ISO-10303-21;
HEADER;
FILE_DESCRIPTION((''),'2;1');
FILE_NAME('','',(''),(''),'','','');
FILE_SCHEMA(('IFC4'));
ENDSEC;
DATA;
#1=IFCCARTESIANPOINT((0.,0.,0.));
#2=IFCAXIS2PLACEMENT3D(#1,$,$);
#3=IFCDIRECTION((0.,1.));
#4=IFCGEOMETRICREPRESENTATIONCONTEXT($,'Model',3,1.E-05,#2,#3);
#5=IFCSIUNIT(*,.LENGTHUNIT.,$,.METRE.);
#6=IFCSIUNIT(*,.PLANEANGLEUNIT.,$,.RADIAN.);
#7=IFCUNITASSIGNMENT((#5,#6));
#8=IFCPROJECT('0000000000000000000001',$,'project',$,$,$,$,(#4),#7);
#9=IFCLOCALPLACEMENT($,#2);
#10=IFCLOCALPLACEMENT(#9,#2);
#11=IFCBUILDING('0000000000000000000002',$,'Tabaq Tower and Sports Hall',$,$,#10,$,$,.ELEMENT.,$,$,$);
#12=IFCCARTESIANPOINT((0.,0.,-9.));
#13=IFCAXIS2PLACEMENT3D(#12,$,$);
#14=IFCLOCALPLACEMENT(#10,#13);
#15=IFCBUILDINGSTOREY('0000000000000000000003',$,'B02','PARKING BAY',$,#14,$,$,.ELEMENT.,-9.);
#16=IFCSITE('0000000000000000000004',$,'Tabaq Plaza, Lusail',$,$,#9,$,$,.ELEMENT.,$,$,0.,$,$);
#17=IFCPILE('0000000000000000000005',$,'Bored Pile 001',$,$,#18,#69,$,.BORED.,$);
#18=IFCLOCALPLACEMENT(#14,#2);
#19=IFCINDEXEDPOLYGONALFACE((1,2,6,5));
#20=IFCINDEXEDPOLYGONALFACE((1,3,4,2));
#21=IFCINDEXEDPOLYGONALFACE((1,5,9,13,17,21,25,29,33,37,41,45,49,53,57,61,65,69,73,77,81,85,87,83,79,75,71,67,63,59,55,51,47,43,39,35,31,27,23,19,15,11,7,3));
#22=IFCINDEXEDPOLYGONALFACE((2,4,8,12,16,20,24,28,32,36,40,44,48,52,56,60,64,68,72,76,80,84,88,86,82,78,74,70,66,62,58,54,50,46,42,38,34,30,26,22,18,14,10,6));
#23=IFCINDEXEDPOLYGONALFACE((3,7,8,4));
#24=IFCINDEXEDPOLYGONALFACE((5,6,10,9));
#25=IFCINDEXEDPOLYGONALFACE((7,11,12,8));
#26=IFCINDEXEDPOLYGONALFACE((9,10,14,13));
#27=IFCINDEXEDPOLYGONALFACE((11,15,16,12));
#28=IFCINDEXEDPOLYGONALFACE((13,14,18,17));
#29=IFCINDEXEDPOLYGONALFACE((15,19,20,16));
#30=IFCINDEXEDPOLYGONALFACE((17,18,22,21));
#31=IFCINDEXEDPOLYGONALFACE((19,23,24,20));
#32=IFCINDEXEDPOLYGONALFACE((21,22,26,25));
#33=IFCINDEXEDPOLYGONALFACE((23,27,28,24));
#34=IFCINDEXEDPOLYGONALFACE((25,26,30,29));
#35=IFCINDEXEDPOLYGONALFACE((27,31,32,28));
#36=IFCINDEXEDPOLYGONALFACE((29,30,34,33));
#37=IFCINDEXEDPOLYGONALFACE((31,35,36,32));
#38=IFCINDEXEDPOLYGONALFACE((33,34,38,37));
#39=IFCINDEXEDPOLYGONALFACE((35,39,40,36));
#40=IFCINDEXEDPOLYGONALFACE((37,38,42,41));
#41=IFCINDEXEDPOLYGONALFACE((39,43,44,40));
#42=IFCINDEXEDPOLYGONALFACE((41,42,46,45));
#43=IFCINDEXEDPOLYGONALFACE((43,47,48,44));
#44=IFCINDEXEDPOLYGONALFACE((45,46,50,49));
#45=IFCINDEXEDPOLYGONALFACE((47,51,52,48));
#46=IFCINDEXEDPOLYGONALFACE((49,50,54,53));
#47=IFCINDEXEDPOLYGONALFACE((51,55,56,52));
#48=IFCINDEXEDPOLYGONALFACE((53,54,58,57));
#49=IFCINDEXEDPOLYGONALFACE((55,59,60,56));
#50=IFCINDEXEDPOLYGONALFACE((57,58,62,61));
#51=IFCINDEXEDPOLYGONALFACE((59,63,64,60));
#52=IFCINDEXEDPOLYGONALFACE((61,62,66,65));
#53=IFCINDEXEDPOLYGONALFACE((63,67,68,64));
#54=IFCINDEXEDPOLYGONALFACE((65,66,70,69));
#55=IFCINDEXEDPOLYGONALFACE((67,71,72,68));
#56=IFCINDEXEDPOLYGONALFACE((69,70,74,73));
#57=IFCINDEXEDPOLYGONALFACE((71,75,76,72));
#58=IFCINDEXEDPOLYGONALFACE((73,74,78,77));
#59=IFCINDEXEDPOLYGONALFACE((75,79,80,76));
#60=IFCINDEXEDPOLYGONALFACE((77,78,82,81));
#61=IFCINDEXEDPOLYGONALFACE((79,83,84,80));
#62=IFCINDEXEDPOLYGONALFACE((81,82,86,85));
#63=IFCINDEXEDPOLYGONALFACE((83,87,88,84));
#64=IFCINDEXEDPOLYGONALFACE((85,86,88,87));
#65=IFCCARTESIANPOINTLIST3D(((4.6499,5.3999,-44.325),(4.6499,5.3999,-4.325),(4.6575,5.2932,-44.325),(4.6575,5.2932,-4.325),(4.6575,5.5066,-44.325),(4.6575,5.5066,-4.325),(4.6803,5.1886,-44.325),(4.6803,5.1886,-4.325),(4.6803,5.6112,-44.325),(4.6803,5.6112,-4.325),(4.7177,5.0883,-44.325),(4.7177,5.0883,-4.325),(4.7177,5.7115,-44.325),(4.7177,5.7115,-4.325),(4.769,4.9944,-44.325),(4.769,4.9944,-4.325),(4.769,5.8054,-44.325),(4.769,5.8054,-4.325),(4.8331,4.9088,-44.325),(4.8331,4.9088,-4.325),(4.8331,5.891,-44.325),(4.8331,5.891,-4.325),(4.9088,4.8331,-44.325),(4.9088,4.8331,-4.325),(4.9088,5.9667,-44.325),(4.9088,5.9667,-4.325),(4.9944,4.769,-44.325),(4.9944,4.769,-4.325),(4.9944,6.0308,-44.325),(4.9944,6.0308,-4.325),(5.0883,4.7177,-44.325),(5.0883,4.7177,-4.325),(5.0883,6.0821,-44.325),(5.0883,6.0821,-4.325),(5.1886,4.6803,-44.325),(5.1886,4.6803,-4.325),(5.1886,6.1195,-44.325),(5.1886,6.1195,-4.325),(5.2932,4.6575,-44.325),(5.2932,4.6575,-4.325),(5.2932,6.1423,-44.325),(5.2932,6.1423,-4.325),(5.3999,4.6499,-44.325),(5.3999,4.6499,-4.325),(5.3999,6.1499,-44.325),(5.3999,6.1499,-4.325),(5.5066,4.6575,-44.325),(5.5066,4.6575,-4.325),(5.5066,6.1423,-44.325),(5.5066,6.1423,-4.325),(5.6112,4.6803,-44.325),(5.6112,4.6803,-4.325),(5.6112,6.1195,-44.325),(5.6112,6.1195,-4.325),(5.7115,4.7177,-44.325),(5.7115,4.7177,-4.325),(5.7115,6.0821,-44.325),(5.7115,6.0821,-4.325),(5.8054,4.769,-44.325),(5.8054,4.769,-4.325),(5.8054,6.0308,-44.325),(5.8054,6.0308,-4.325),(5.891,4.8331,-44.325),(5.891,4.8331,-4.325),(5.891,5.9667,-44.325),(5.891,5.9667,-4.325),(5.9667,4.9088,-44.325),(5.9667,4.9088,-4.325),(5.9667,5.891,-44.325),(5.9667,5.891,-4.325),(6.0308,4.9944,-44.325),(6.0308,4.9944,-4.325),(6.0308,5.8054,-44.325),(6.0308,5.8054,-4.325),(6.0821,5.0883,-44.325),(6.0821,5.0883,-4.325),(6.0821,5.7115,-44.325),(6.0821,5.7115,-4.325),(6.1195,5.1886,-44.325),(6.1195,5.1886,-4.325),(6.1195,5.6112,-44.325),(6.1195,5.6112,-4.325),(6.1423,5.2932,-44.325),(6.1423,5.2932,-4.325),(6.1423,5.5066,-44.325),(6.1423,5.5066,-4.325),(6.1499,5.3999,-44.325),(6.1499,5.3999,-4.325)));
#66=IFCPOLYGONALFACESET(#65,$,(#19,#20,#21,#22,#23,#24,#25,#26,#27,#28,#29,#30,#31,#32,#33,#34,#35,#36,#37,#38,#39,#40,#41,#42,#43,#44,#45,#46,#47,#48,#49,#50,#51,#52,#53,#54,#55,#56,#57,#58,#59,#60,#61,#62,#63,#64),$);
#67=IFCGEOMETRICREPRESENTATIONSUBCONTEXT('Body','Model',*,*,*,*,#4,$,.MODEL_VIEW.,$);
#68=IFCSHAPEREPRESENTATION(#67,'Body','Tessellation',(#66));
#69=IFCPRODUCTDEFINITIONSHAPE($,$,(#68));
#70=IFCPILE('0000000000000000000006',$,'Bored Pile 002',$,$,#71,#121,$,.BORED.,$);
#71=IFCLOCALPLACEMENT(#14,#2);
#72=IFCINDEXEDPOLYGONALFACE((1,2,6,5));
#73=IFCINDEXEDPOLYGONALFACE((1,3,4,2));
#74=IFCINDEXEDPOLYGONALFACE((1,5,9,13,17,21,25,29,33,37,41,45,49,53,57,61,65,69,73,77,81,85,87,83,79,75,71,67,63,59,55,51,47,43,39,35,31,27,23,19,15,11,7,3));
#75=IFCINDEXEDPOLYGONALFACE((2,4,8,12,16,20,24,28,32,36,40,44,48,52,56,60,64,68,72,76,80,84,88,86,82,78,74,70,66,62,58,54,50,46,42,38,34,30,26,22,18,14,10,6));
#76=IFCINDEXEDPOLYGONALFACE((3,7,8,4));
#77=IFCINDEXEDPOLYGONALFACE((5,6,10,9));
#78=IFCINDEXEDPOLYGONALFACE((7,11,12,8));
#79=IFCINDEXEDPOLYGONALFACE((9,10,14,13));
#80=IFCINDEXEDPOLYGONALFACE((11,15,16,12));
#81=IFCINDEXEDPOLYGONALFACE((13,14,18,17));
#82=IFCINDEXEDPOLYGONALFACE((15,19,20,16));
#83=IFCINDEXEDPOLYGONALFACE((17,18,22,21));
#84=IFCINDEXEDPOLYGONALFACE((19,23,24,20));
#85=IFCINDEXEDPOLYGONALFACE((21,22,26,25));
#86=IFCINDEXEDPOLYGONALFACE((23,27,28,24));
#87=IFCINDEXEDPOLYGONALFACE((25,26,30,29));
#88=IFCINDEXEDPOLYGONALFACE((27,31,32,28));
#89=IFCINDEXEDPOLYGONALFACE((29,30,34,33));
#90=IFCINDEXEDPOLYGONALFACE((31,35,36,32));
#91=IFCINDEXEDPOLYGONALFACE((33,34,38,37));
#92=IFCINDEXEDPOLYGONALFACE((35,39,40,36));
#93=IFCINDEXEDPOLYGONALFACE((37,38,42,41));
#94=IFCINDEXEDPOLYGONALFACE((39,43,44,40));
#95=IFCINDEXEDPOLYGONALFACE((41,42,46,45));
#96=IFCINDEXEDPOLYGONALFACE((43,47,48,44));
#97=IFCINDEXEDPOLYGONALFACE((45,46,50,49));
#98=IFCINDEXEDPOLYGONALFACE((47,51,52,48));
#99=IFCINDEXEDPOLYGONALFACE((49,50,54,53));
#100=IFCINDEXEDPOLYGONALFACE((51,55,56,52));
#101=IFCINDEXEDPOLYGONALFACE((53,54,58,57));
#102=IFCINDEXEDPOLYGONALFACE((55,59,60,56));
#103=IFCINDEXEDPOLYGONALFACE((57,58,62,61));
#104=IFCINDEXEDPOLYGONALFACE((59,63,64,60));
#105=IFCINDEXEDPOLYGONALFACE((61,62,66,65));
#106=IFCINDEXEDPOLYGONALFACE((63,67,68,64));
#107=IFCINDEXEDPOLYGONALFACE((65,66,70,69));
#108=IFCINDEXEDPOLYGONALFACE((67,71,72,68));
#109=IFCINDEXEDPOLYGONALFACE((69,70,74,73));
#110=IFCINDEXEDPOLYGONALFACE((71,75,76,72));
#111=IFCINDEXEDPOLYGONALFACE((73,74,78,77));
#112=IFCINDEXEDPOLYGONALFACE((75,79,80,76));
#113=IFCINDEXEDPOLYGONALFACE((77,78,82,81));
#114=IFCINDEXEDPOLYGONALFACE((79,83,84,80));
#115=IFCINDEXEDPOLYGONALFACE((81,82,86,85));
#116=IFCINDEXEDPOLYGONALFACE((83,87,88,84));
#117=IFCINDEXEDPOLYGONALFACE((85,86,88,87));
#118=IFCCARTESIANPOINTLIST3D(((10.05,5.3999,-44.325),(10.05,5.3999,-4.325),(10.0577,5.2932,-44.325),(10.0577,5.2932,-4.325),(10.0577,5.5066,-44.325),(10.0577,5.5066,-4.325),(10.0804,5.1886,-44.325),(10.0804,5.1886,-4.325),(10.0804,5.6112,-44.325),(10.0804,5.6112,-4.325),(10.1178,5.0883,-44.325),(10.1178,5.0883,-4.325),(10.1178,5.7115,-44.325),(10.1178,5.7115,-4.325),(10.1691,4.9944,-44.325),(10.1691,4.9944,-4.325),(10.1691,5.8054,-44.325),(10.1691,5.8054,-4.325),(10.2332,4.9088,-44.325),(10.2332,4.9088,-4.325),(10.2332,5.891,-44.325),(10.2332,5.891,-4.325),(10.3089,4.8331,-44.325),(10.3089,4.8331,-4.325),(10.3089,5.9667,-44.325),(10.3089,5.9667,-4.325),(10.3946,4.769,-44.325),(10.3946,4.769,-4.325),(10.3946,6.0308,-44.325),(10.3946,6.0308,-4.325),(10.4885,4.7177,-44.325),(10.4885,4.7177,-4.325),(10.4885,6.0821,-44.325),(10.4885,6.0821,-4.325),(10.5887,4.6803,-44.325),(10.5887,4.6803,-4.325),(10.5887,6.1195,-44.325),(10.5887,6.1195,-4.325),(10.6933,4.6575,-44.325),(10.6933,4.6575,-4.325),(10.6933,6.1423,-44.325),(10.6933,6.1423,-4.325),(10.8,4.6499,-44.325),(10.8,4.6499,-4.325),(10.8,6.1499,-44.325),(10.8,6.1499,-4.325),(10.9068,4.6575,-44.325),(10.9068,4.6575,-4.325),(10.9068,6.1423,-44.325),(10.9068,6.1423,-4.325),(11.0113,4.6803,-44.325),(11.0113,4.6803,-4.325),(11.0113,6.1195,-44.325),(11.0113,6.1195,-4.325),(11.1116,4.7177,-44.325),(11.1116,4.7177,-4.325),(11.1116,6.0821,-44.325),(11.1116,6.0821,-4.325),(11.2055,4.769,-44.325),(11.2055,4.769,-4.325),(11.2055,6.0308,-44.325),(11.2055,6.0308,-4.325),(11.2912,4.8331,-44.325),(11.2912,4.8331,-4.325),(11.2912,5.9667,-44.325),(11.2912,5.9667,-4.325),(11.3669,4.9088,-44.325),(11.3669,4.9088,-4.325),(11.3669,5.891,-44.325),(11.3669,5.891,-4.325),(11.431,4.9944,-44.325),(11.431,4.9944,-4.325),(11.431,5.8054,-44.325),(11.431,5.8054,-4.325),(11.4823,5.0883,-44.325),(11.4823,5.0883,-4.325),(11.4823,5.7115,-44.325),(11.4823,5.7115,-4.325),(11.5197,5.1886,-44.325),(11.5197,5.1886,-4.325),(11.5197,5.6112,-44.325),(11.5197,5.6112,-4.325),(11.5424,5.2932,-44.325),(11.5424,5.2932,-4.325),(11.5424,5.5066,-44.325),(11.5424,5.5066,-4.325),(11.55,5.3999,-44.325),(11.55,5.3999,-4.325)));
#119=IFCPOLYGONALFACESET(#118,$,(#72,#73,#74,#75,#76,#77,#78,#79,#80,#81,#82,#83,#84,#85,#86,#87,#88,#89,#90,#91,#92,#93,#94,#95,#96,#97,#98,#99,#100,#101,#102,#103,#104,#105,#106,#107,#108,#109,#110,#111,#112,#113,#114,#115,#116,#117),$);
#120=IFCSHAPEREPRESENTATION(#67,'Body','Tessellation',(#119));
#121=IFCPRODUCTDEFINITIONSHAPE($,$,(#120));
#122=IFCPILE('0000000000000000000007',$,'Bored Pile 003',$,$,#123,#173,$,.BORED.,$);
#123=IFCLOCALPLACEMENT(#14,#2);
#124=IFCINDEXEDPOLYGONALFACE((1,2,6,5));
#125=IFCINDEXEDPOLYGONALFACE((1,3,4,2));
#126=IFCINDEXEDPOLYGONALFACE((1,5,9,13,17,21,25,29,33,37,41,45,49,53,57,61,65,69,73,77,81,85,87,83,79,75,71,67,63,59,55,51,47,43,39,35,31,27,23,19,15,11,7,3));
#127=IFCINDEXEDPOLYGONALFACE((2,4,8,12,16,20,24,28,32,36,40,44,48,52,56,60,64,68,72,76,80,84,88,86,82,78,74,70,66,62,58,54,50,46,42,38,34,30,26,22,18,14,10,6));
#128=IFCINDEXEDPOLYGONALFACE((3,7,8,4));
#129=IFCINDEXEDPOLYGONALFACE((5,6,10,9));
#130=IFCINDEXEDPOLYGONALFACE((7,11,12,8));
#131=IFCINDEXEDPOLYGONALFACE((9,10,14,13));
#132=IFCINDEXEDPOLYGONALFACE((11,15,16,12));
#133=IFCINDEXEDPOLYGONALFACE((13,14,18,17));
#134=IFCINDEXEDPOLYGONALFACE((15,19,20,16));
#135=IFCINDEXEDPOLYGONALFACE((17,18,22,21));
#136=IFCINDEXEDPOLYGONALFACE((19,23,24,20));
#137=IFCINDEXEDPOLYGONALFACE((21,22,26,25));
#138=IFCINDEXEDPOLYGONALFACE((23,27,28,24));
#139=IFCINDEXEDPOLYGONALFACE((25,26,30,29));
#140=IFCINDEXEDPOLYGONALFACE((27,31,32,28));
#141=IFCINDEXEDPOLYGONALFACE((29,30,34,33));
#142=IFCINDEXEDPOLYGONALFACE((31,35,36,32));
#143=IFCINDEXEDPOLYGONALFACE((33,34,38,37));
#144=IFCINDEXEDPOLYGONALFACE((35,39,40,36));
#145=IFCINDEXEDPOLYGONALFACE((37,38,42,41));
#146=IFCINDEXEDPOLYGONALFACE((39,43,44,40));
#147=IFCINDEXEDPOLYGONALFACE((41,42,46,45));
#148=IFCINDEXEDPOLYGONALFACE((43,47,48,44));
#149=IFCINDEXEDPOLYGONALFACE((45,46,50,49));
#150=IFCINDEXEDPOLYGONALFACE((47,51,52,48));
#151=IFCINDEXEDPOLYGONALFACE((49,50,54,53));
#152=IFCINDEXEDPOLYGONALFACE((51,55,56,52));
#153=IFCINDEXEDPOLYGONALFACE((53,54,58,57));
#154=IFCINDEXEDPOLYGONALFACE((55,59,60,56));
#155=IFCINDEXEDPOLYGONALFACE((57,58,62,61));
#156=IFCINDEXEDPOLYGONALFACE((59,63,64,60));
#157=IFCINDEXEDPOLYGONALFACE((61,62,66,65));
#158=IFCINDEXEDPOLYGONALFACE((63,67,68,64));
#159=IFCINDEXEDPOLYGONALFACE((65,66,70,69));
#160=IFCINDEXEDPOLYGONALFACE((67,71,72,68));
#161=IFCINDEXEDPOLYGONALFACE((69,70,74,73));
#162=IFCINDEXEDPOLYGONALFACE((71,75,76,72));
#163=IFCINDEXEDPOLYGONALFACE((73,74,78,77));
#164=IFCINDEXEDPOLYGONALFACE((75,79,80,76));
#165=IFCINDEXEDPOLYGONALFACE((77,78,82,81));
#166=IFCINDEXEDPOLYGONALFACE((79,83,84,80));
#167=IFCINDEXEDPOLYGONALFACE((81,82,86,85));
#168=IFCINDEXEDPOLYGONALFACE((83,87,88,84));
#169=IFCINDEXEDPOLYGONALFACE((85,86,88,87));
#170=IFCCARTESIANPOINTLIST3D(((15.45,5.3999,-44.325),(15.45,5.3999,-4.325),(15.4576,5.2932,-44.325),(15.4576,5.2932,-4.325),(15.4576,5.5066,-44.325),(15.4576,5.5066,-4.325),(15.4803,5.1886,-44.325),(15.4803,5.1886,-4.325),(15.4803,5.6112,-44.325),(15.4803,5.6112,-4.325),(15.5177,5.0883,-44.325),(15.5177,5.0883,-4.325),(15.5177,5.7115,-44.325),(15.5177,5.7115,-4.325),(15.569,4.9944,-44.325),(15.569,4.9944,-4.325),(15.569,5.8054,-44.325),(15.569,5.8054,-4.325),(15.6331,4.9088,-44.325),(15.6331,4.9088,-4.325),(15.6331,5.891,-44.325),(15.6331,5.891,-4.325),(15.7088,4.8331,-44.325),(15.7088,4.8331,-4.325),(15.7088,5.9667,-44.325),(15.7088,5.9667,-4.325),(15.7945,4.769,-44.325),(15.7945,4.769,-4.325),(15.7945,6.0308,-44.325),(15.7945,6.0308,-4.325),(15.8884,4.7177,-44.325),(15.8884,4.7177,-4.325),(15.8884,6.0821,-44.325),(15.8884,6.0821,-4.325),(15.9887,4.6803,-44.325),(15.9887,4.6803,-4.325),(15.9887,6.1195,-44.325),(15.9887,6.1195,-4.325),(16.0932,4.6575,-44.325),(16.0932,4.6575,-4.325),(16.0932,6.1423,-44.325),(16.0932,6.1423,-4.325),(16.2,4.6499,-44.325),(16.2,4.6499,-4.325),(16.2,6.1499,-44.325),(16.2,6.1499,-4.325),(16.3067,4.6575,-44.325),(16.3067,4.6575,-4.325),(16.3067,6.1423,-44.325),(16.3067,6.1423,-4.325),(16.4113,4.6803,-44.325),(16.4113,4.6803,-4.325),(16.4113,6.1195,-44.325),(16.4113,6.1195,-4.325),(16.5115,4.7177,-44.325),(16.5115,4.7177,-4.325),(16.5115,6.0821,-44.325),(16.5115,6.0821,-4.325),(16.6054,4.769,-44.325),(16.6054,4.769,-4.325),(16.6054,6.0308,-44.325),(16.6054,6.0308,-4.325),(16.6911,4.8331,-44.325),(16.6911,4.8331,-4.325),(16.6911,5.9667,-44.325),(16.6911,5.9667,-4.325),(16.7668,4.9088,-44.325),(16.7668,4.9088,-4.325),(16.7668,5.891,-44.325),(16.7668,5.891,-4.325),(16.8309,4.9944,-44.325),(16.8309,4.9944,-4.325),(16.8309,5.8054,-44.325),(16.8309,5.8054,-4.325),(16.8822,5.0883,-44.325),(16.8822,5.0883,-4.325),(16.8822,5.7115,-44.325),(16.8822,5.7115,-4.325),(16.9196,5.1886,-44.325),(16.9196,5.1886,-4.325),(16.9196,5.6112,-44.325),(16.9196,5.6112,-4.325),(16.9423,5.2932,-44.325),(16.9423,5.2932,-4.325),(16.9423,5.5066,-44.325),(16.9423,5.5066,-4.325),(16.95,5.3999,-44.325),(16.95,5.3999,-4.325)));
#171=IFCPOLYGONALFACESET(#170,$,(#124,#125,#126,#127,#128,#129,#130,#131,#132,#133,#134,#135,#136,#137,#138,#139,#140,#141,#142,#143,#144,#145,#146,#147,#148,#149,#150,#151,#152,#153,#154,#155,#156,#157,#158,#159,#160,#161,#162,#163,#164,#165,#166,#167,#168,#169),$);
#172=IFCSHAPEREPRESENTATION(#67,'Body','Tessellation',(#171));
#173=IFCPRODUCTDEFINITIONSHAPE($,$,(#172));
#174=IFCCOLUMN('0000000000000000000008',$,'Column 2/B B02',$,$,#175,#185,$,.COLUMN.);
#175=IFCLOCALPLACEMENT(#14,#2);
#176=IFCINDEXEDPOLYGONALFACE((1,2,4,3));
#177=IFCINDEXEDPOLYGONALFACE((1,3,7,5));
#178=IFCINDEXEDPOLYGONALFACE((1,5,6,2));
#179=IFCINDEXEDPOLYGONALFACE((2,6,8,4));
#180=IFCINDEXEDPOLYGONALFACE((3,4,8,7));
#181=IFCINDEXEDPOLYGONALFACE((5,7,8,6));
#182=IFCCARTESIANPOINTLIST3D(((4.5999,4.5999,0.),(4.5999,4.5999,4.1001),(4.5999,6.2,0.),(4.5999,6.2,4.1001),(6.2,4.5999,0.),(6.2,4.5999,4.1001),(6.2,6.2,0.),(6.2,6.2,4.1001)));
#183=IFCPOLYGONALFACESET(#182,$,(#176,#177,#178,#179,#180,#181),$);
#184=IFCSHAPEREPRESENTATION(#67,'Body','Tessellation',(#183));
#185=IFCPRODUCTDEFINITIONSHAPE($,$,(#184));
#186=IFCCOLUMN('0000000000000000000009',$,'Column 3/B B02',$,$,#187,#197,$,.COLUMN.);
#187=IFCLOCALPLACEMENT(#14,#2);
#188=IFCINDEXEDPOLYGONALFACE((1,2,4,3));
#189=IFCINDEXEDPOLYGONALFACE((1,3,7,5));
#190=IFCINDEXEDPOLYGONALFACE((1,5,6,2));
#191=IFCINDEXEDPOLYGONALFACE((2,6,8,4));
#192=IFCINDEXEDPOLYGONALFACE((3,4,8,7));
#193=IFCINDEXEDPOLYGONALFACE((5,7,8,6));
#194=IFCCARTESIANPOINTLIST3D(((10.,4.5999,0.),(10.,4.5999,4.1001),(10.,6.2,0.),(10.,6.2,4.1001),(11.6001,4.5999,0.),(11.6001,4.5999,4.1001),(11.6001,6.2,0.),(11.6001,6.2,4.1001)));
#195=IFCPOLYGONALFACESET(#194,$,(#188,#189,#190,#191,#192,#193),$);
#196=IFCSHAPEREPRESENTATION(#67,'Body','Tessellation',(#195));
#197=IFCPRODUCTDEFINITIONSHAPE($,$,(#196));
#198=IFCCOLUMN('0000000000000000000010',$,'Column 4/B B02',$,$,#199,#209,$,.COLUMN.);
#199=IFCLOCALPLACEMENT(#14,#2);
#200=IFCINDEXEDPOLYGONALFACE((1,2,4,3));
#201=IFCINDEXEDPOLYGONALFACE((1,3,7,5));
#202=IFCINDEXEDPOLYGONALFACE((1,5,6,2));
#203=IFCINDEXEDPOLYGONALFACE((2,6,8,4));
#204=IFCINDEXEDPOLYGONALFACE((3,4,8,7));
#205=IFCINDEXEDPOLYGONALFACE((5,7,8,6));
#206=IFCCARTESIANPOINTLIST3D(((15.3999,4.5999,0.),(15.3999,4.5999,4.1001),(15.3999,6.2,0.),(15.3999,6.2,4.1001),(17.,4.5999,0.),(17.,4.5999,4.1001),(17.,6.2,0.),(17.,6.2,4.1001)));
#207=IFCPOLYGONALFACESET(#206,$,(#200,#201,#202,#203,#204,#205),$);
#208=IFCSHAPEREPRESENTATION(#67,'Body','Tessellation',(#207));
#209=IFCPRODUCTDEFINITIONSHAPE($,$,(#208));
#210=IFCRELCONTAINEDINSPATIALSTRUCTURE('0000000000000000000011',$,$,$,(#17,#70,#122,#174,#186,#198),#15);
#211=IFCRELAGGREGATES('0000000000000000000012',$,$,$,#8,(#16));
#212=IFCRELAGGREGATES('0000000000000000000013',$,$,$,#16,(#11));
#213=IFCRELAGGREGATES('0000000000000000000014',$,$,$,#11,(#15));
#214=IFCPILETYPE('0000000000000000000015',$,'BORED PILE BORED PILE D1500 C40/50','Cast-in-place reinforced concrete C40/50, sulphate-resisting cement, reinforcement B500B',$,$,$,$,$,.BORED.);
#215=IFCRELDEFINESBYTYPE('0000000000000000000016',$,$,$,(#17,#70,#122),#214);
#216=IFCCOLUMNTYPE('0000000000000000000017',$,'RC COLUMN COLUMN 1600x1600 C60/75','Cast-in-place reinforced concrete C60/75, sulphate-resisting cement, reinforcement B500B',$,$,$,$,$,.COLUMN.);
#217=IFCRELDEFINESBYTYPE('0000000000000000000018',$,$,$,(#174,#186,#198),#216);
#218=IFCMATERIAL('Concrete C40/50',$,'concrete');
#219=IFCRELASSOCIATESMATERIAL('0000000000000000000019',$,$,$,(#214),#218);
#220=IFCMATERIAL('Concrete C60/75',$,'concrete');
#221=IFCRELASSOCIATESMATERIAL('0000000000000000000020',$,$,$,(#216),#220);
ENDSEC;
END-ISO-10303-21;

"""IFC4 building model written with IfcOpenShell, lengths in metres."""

from ifc_helpers import new_model, si_unit, direction, frame, origin, origin_2d, place, context, subcontext, project, spatial, rectangle, circle, extrude, material, material_profile, profile_set, type_object, element, save


model = new_model("IFC4")

# Units and contexts
model_context = context("Model", 3, precision=1e-05, world=origin(), true_north=direction((0.0, 1.0)))
body_context = subcontext(model_context, "Body", "Model", "MODEL_VIEW")
ifc_project = project(units=[si_unit("LENGTHUNIT", "METRE"), si_unit("PLANEANGLEUNIT", "RADIAN")], contexts=[model_context])

# Site, building, storey
site_placement = place(None, origin())
site = spatial("IfcSite", under=ifc_project, at=site_placement, Name="Tabaq Plaza, Lusail", CompositionType="ELEMENT", RefElevation=0.0)
building_placement = place(site_placement, origin())
building = spatial("IfcBuilding", under=site, at=building_placement, Name="Tabaq Tower and Sports Hall", CompositionType="ELEMENT")
storey_placement = place(building_placement, frame((0.0, 0.0, -9.0)))
storey = spatial("IfcBuildingStorey", under=building, at=storey_placement, Name="B02", Description="PARKING BAY", CompositionType="ELEMENT", Elevation=-9.0)

# Piles
ifc_material_1 = material(Name="Concrete C40/50", Category="concrete")
ifc_material_profile_1 = material_profile(ifc_material_1, circle(Radius=0.75, at=origin_2d()), Name="BORED PILE D1500")
ifc_profile_set_1 = profile_set([ifc_material_profile_1], Name="Concrete C40/50")
pile_type = type_object("IfcPileType", Name="BORED PILE BORED PILE D1500 C40/50", Description="Cast-in-place reinforced concrete C40/50, sulphate-resisting cement, reinforcement B500B", PredefinedType="BORED", material=ifc_profile_set_1)
for number, where, z_axis, x_axis, name in (
    (1, (5.3999, 5.3999, -4.325), (0.0, 0.0, -1.0), (1.0, 0.0, 0.0), "Bored Pile 001"),
    (2, (10.8, 5.3999, -4.325), (0.0, 0.0, -1.0), (1.0, 0.0, 0.0), "Bored Pile 002"),
    (3, (16.2, 5.3999, -4.325), (0.0, 0.0, -1.0), (1.0, 0.0, 0.0), "Bored Pile 003"),
):
    element("IfcPile", number, at=place(storey_placement, frame(where, z_axis=z_axis, x_axis=x_axis)), inside=storey, type_object=pile_type, Name=name, PredefinedType="BORED", context=body_context, shape_type="SweptSolid", body=[
        extrude(circle(Radius=0.75, at=origin_2d()), origin(), (0.0, 0.0, 1.0), 40.0),
    ])

# Columns
ifc_material_2 = material(Name="Concrete C60/75", Category="concrete")
ifc_material_profile_2 = material_profile(ifc_material_2, rectangle(XDim=1.6001, YDim=1.6001, at=origin_2d()), Name="COLUMN 1600x1600")
ifc_profile_set_2 = profile_set([ifc_material_profile_2], Name="Concrete C60/75")
column_type_1 = type_object("IfcColumnType", Name="RC COLUMN COLUMN 1600x1600 C60/75", Description="Cast-in-place reinforced concrete C60/75, sulphate-resisting cement, reinforcement B500B", PredefinedType="COLUMN", material=ifc_profile_set_2)
for number, where, z_axis, x_axis, name in (
    (4, (5.3999, 5.3999, 0.0), (0.0, 0.0, 1.0), (1.0, 0.0, 0.0), "Column 2/B B02"),
    (5, (10.8, 5.3999, 0.0), (0.0, 0.0, 1.0), (1.0, 0.0, 0.0), "Column 3/B B02"),
    (6, (16.2, 5.3999, 0.0), (0.0, 0.0, 1.0), (1.0, 0.0, 0.0), "Column 4/B B02"),
):
    element("IfcColumn", number, at=place(storey_placement, frame(where, z_axis=z_axis, x_axis=x_axis)), inside=storey, type_object=column_type_1, Name=name, PredefinedType="COLUMN", context=body_context, shape_type="SweptSolid", body=[
        extrude(rectangle(XDim=1.6001, YDim=1.6001, at=origin_2d()), origin(), (0.0, 0.0, 1.0), 4.1001),
    ])

save(model, "model.ifc")
